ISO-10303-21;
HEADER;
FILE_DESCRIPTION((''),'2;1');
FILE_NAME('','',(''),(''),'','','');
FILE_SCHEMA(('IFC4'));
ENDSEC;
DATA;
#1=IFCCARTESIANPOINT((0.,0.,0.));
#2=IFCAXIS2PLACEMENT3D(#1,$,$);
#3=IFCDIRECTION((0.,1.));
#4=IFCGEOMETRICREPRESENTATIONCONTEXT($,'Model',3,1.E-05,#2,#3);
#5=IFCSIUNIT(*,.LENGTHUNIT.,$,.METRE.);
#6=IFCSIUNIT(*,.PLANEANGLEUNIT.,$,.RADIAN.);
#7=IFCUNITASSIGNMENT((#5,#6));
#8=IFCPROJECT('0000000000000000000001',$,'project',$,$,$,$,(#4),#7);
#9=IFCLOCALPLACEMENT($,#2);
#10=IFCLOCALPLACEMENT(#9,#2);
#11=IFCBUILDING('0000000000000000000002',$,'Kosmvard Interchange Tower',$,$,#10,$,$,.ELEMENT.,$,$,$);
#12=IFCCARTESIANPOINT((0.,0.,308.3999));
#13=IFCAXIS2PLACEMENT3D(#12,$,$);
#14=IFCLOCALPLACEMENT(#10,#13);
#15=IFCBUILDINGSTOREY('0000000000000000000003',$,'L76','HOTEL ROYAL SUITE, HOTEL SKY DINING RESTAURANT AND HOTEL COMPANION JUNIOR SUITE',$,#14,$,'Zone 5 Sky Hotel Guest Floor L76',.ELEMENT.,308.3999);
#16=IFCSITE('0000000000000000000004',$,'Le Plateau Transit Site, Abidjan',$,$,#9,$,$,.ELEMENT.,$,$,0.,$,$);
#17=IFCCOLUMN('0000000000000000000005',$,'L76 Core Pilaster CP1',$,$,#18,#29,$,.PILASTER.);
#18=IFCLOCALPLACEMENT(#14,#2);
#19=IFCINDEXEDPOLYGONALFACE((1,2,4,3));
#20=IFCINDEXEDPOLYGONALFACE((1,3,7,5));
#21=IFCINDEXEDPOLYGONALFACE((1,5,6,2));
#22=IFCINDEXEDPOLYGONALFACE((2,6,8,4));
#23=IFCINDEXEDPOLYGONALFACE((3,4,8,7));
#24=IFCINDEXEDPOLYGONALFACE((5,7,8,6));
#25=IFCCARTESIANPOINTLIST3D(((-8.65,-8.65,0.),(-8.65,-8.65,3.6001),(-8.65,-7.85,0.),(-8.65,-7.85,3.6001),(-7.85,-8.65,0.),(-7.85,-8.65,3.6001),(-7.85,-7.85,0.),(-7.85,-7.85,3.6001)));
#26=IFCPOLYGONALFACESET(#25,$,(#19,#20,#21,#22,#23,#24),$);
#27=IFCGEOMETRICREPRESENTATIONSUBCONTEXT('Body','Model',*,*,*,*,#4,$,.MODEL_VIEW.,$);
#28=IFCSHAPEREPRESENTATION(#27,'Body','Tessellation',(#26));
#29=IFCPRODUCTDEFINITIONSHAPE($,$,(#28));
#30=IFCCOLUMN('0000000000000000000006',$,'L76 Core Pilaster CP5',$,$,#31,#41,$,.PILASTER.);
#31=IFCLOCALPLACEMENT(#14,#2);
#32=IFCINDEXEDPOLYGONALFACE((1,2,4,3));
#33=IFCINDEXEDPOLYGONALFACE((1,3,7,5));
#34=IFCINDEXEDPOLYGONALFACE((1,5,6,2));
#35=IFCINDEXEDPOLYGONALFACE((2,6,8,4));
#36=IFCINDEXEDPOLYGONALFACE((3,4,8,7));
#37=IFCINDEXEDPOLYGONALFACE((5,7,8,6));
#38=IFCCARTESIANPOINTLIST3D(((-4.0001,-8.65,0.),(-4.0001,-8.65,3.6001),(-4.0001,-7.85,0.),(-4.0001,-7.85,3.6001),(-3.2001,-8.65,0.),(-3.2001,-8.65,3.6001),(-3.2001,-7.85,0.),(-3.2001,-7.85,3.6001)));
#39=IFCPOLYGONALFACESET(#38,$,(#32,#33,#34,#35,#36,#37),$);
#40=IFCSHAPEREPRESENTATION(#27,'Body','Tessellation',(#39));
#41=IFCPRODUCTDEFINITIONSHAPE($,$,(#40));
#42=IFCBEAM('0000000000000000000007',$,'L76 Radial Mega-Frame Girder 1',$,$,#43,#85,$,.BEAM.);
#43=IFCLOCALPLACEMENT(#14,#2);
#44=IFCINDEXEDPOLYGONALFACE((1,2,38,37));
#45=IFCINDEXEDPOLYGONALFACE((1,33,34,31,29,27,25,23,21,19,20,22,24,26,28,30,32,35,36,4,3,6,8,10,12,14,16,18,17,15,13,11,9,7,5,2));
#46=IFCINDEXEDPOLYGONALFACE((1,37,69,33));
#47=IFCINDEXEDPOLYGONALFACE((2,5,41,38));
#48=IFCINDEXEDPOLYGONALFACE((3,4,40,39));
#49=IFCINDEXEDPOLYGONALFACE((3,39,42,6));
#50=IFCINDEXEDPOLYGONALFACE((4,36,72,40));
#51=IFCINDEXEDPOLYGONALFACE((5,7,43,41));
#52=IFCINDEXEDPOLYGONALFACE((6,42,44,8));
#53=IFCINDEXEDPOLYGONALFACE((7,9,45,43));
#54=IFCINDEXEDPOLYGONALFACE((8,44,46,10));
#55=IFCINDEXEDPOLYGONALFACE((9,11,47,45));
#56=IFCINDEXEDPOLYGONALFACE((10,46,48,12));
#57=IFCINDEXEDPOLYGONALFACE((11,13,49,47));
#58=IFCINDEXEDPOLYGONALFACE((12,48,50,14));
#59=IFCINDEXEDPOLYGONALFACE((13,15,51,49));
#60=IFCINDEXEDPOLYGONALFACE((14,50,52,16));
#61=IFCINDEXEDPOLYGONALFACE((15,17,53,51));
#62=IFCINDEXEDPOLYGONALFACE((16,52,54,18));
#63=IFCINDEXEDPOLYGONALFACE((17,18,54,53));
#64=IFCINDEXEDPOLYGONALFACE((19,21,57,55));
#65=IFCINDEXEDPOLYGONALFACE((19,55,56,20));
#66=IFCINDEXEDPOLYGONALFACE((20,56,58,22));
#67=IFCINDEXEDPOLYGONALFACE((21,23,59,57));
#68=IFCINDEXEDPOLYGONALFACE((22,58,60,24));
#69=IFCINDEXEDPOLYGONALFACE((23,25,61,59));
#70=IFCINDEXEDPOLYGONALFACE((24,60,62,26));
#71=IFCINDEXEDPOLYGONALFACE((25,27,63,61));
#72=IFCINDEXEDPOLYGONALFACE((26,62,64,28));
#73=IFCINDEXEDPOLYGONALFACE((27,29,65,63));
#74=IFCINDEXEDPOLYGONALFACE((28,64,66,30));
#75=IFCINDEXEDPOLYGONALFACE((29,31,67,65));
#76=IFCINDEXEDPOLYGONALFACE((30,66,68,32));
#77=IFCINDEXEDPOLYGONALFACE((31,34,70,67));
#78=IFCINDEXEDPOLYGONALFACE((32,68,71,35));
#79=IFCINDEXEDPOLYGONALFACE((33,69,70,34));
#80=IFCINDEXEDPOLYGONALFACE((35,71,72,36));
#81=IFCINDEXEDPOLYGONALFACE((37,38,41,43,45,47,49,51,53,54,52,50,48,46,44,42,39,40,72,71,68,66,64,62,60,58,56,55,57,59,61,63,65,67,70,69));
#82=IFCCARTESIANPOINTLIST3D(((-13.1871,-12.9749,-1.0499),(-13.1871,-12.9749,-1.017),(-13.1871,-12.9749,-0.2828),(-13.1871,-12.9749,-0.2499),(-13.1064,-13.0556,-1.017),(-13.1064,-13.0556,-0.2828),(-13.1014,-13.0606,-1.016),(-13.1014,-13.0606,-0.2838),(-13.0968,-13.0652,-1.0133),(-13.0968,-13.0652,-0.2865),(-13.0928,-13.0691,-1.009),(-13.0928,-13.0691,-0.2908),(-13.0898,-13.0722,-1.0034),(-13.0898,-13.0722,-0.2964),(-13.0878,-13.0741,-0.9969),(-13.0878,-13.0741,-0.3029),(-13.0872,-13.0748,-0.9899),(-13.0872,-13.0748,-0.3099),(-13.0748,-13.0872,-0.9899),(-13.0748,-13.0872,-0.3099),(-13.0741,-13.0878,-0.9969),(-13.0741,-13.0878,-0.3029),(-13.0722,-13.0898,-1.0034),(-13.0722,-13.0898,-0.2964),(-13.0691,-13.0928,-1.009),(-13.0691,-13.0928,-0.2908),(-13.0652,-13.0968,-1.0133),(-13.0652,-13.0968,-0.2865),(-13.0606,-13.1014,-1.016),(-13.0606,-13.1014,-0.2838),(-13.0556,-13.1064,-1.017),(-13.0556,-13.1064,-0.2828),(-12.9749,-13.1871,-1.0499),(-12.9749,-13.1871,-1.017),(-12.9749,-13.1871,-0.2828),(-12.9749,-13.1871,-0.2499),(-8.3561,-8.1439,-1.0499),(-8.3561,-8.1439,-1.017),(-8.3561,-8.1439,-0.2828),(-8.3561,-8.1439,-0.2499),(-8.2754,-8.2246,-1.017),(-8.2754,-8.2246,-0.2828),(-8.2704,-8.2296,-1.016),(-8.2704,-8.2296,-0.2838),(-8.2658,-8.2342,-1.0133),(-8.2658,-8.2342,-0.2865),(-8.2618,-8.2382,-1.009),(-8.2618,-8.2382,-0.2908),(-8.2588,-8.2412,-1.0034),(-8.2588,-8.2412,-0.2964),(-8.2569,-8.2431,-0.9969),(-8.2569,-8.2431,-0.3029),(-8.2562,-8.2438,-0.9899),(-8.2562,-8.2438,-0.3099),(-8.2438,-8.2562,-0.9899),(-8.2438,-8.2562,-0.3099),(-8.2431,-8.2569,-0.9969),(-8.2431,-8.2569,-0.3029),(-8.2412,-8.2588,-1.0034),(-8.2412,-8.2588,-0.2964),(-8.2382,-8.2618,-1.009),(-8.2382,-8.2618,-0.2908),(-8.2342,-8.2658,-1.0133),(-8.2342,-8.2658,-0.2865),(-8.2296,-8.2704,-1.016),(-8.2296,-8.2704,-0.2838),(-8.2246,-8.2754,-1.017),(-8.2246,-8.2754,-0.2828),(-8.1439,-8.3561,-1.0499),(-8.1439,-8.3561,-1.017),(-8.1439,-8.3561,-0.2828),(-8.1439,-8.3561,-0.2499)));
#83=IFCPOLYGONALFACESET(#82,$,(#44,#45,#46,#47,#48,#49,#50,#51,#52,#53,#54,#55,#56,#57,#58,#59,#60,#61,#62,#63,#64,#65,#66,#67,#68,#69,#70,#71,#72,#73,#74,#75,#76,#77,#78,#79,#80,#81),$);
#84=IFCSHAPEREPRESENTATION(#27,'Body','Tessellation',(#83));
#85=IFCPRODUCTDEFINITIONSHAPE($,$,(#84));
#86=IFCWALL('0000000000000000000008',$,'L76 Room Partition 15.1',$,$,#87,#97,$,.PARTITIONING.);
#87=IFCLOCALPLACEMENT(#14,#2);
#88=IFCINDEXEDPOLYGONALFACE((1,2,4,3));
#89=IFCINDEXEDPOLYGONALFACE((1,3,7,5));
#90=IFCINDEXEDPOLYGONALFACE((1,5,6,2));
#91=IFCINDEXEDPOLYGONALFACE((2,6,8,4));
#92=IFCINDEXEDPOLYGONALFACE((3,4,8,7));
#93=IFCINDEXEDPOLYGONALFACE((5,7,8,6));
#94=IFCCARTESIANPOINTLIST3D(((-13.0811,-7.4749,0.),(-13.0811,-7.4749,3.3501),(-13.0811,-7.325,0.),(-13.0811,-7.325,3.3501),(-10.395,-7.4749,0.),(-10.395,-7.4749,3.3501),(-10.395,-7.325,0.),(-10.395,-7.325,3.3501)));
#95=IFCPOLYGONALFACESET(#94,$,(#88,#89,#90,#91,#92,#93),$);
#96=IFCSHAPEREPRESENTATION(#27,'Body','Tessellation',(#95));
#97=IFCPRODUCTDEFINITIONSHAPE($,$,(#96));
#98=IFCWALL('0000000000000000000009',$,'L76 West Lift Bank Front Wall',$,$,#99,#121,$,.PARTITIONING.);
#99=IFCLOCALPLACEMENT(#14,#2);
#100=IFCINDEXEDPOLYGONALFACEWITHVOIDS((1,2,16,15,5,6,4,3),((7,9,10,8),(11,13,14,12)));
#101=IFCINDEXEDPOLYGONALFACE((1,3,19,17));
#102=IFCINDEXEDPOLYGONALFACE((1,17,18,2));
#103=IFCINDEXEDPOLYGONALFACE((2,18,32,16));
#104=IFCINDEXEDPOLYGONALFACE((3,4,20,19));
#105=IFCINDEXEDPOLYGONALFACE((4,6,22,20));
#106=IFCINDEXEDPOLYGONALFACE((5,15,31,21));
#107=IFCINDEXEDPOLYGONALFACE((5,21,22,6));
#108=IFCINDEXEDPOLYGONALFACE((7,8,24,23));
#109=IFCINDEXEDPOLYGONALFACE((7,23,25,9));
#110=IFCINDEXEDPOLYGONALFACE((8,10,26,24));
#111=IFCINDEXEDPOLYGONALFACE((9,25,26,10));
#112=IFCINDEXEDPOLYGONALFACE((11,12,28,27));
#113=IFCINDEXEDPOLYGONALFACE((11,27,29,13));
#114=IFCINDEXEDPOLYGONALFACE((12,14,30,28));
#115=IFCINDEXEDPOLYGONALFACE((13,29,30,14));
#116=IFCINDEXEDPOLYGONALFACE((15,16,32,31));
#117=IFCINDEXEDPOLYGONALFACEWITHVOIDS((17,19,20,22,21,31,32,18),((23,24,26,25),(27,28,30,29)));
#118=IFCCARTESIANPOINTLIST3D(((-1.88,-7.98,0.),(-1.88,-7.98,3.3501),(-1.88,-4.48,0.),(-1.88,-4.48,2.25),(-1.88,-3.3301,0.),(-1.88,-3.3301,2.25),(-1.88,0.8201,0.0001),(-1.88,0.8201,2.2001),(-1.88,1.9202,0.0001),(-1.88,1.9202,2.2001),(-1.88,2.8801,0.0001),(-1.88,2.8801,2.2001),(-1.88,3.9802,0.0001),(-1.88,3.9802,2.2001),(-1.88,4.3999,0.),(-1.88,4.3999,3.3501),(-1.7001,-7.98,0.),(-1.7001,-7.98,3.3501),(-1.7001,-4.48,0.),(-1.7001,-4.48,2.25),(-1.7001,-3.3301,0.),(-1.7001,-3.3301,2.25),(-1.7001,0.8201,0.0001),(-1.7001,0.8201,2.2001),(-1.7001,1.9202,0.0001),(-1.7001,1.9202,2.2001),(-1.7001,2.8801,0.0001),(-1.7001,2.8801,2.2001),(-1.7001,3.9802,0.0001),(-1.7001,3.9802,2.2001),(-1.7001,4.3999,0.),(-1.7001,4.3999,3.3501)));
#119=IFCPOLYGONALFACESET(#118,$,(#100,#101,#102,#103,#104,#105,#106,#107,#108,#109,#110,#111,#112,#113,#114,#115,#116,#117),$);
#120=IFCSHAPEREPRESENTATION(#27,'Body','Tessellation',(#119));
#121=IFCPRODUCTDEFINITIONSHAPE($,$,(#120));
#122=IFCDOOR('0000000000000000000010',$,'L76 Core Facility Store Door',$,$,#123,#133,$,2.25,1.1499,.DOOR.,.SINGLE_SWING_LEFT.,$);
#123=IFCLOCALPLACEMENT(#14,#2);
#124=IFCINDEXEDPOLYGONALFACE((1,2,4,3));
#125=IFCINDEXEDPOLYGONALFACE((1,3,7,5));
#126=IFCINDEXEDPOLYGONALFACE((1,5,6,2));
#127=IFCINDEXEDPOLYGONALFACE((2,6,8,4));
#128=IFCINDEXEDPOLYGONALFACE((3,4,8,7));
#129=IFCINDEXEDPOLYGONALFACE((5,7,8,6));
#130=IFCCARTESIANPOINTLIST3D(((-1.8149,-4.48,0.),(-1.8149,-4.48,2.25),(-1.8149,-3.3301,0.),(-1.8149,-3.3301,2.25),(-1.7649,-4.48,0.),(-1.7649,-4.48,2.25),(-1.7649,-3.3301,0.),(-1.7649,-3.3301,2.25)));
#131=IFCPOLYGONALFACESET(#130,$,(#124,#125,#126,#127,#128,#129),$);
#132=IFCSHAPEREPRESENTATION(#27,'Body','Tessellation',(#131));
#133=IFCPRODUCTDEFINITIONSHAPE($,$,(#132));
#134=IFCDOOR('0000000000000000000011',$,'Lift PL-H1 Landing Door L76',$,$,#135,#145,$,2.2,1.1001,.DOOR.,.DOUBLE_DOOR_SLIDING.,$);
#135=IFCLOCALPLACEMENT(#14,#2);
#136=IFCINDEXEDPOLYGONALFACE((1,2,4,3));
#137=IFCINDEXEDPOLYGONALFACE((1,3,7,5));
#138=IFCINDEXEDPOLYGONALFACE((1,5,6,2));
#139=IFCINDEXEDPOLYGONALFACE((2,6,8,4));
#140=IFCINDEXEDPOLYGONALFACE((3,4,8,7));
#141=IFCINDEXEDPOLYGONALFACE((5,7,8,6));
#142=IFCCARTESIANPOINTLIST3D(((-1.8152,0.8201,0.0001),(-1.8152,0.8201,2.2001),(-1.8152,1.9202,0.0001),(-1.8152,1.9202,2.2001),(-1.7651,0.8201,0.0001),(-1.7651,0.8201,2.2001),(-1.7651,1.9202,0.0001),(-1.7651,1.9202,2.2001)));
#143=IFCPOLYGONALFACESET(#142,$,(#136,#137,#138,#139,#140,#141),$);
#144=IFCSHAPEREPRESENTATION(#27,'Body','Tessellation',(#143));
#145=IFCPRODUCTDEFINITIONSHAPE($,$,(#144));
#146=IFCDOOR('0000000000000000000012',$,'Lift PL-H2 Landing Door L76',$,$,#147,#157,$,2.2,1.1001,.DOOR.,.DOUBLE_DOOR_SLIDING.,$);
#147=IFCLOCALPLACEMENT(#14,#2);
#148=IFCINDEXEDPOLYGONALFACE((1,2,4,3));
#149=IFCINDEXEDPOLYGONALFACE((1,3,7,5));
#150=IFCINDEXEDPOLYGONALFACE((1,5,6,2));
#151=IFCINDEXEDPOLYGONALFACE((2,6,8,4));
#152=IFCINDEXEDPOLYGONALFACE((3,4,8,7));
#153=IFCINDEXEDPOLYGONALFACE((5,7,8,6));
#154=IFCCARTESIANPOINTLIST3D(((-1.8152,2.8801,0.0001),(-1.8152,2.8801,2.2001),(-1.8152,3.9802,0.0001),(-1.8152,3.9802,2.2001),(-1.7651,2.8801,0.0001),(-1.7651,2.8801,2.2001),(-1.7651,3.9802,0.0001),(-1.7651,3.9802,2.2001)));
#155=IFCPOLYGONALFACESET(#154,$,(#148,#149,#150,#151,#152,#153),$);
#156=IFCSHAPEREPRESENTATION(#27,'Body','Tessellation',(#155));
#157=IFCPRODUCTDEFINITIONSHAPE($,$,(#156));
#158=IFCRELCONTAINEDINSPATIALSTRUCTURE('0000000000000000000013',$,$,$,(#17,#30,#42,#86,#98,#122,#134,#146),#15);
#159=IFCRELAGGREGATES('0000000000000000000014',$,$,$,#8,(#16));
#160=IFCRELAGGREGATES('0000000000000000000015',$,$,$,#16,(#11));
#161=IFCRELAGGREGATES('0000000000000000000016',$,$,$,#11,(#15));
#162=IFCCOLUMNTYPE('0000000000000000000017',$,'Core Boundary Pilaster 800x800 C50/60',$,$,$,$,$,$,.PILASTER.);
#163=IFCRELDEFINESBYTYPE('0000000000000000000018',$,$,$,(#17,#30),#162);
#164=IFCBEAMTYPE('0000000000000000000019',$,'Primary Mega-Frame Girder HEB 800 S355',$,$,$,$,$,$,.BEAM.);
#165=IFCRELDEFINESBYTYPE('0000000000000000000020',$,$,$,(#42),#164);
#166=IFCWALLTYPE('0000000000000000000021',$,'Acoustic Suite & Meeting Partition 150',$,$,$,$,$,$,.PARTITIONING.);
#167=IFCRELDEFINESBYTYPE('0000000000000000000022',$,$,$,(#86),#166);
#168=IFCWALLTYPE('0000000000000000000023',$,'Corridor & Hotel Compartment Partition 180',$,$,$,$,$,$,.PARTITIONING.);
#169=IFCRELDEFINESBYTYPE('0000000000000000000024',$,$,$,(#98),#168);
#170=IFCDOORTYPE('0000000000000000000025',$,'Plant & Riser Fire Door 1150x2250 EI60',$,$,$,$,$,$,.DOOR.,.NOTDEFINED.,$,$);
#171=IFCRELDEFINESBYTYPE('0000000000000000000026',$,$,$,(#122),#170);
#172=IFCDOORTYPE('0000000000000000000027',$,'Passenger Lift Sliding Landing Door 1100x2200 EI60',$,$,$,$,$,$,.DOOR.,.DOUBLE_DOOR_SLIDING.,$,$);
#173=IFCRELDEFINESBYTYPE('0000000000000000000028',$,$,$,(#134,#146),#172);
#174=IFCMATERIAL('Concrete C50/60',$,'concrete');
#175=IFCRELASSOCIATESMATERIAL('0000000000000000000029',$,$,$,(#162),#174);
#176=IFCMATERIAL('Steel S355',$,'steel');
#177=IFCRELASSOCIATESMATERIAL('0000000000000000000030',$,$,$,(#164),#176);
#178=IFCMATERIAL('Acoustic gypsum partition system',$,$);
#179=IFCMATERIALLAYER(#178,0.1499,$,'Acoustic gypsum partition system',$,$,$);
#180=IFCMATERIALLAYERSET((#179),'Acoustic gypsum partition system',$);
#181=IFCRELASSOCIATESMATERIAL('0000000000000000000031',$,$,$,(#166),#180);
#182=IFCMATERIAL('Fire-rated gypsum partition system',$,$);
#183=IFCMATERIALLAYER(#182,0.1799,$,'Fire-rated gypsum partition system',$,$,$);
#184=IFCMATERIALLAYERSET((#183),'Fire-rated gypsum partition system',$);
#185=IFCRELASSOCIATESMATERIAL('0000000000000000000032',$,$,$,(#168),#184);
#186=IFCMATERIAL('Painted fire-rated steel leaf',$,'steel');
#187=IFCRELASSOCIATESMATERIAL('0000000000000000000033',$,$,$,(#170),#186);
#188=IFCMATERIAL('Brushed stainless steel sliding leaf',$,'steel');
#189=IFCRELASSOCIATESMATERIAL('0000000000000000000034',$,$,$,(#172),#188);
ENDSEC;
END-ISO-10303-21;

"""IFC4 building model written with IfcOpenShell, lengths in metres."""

from ifc_helpers import new_model, si_unit, direction, frame, frame_2d, origin, origin_2d, place, context, subcontext, project, spatial, rectangle, i_section, extrude, source, transform, mapped, material, layer, layer_set, material_profile, profile_set, type_object, element, fill, save


model = new_model("IFC4")

# Units and contexts
model_context = context("Model", 3, precision=1e-05, world=origin(), true_north=direction((0.0, 1.0)))
body_context = subcontext(model_context, "Body", "Model", "MODEL_VIEW")
ifc_project = project(units=[si_unit("LENGTHUNIT", "METRE"), si_unit("PLANEANGLEUNIT", "RADIAN")], contexts=[model_context])

# Site, building, storey
site_placement = place(None, origin())
site = spatial("IfcSite", under=ifc_project, at=site_placement, Name="Le Plateau Transit Site, Abidjan", CompositionType="ELEMENT", RefElevation=0.0)
building_placement = place(site_placement, origin())
building = spatial("IfcBuilding", under=site, at=building_placement, Name="Kosmvard Interchange Tower", CompositionType="ELEMENT")
storey_placement = place(building_placement, frame((0.0, 0.0, 308.3999)))
storey = spatial("IfcBuildingStorey", under=building, at=storey_placement, Name="L76", Description="HOTEL ROYAL SUITE, HOTEL SKY DINING RESTAURANT AND HOTEL COMPANION JUNIOR SUITE", LongName="Zone 5 Sky Hotel Guest Floor L76", CompositionType="ELEMENT", Elevation=308.3999)

# Columns
ifc_material_1 = material(Name="Concrete C50/60", Category="concrete")
ifc_material_profile_1 = material_profile(ifc_material_1, rectangle(XDim=0.8, YDim=0.8, at=origin_2d()), Name="CP 800x800")
ifc_profile_set_1 = profile_set([ifc_material_profile_1], Name="Concrete C50/60")
column_type = type_object("IfcColumnType", Name="Core Boundary Pilaster 800x800 C50/60", PredefinedType="PILASTER", material=ifc_profile_set_1)
shared_shape_1 = source(origin(), body_context, "Body", "SweptSolid", [
    extrude(rectangle(XDim=0.8, YDim=0.8, at=origin_2d()), origin(), (0.0, 0.0, 1.0), 3.6001),
])
for number, where, z_axis, x_axis, name in (
    (1, (-8.25, -8.25, 0.0), (0.0, 0.0, 1.0), (1.0, 0.0, 0.0), "L76 Core Pilaster CP1"),
    (2, (-3.6001, -8.25, 0.0), (0.0, 0.0, 1.0), (1.0, 0.0, 0.0), "L76 Core Pilaster CP5"),
):
    element("IfcColumn", number, at=place(storey_placement, frame(where, z_axis=z_axis, x_axis=x_axis)), inside=storey, type_object=column_type, Name=name, PredefinedType="PILASTER", context=body_context, shape_type="MappedRepresentation", body=[
        mapped(shared_shape_1, transform((0.0, 0.0, 0.0), scale=1.0)),
    ])

# Beam
ifc_material_2 = material(Name="Steel S355", Category="steel")
ifc_material_profile_2 = material_profile(ifc_material_2, i_section(OverallWidth=0.3, OverallDepth=0.8, WebThickness=0.0176, FlangeThickness=0.033, FilletRadius=0.0271, at=origin_2d()), Name="HEB 800")
ifc_profile_set_2 = profile_set([ifc_material_profile_2], Name="Steel S355")
beam_type = type_object("IfcBeamType", Name="Primary Mega-Frame Girder HEB 800 S355", PredefinedType="BEAM", material=ifc_profile_set_2)
shared_shape_2 = source(origin(), body_context, "Body", "SweptSolid", [
    extrude(i_section(OverallWidth=0.3, OverallDepth=0.8, WebThickness=0.0176, FlangeThickness=0.033, FilletRadius=0.0271, at=origin_2d()), origin(), (0.0, 0.0, 1.0), 6.832),
])
beam_placement = place(storey_placement, frame((-8.25, -8.25, -0.6499), z_axis=(-0.707107, -0.707107, 0.0), x_axis=(0.707107, -0.707107, 0.0)))
element("IfcBeam", 3, at=beam_placement, inside=storey, type_object=beam_type, Name="L76 Radial Mega-Frame Girder 1", PredefinedType="BEAM", context=body_context, shape_type="MappedRepresentation", body=[
    mapped(shared_shape_2, transform((0.0, 0.0, 0.0), scale=1.0)),
])

# Wall
ifc_material_3 = material(Name="Acoustic gypsum partition system")
ifc_layer_1 = layer(ifc_material_3, 0.1499, Name="Acoustic gypsum partition system")
ifc_layer_set_1 = layer_set([ifc_layer_1], Name="Acoustic gypsum partition system")
wall_type_1 = type_object("IfcWallType", Name="Acoustic Suite & Meeting Partition 150", PredefinedType="PARTITIONING", material=ifc_layer_set_1)
wall_1_placement = place(storey_placement, frame((-10.395, -7.3999, 0.0), z_axis=(0.0, 0.0, 1.0), x_axis=(-1.0, 0.0, 0.0)))
element("IfcWall", 4, at=wall_1_placement, inside=storey, type_object=wall_type_1, Name="L76 Room Partition 15.1", PredefinedType="PARTITIONING", context=body_context, shape_type="SweptSolid", body=[
    extrude(rectangle(XDim=2.686, YDim=0.1499, at=frame_2d((1.343, 0.0))), origin(), (0.0, 0.0, 1.0), 3.3501),
])

# Wall, openings, doors
ifc_material_4 = material(Name="Fire-rated gypsum partition system")
ifc_layer_2 = layer(ifc_material_4, 0.1799, Name="Fire-rated gypsum partition system")
ifc_layer_set_2 = layer_set([ifc_layer_2], Name="Fire-rated gypsum partition system")
wall_type_2 = type_object("IfcWallType", Name="Corridor & Hotel Compartment Partition 180", PredefinedType="PARTITIONING", material=ifc_layer_set_2)
wall_2_placement = place(storey_placement, frame((-1.79, -7.98, 0.0), z_axis=(0.0, 0.0, 1.0), x_axis=(0.0, 1.0, 0.0)))
wall_2 = element("IfcWall", 5, at=wall_2_placement, inside=storey, type_object=wall_type_2, Name="L76 West Lift Bank Front Wall", PredefinedType="PARTITIONING", context=body_context, shape_type="SweptSolid", body=[
    extrude(rectangle(XDim=12.3799, YDim=0.1799, at=frame_2d((6.1899, 0.0))), origin(), (0.0, 0.0, 1.0), 3.3501),
])
opening_1_placement = place(wall_2_placement, frame((8.8, 0.0, 0.0)))
opening_1 = element("IfcOpeningElement", 6, at=opening_1_placement, cuts=wall_2, PredefinedType="OPENING", context=body_context, shape_type="SweptSolid", body=[
    extrude(rectangle(XDim=1.1001, YDim=2.2, at=frame_2d((0.55, 1.1001))), frame((0.0, 0.1001, 0.0), z_axis=(0.0, -1.0, 0.0), x_axis=(1.0, 0.0, 0.0)), (0.0, 0.0, 1.0), 0.2),
])
opening_2_placement = place(wall_2_placement, frame((10.8601, 0.0, 0.0)))
opening_2 = element("IfcOpeningElement", 7, at=opening_2_placement, cuts=wall_2, PredefinedType="OPENING", context=body_context, shape_type="SweptSolid", body=[
    extrude(rectangle(XDim=1.1001, YDim=2.2, at=frame_2d((0.55, 1.1001))), frame((0.0, 0.1001, 0.0), z_axis=(0.0, -1.0, 0.0), x_axis=(1.0, 0.0, 0.0)), (0.0, 0.0, 1.0), 0.2),
])
opening_3_placement = place(wall_2_placement, frame((3.5, 0.0, 0.0)))
opening_3 = element("IfcOpeningElement", 8, at=opening_3_placement, cuts=wall_2, PredefinedType="OPENING", context=body_context, shape_type="SweptSolid", body=[
    extrude(rectangle(XDim=1.1499, YDim=2.25, at=frame_2d((0.575, 1.125))), frame((0.0, 0.1001, 0.0), z_axis=(0.0, -1.0, 0.0), x_axis=(1.0, 0.0, 0.0)), (0.0, 0.0, 1.0), 0.2),
])
ifc_material_5 = material(Name="Painted fire-rated steel leaf", Category="steel")
door_type_1 = type_object("IfcDoorType", Name="Plant & Riser Fire Door 1150x2250 EI60", OperationType="NOTDEFINED", PredefinedType="DOOR", material=ifc_material_5)
shared_shape_3 = source(origin(), body_context, "Body", "SweptSolid", [
    extrude(rectangle(XDim=1.1499, YDim=2.25, at=frame_2d((0.575, 1.125))), frame((0.0, 0.0249, 0.0), z_axis=(0.0, -1.0, 0.0), x_axis=(1.0, 0.0, 0.0)), (0.0, 0.0, 1.0), 0.05),
])
door_1_placement = place(opening_3_placement, origin())
door_1 = element("IfcDoor", 9, at=door_1_placement, inside=storey, type_object=door_type_1, Name="L76 Core Facility Store Door", OperationType="SINGLE_SWING_LEFT", OverallHeight=2.25, OverallWidth=1.1499, PredefinedType="DOOR", context=body_context, shape_type="MappedRepresentation", body=[
    mapped(shared_shape_3, transform((0.0, 0.0, 0.0), scale=1.0)),
])
fill(opening_3, door_1)
ifc_material_6 = material(Name="Brushed stainless steel sliding leaf", Category="steel")
door_type_2 = type_object("IfcDoorType", Name="Passenger Lift Sliding Landing Door 1100x2200 EI60", OperationType="DOUBLE_DOOR_SLIDING", PredefinedType="DOOR", material=ifc_material_6)
shared_shape_4 = source(origin(), body_context, "Body", "SweptSolid", [
    extrude(rectangle(XDim=1.1001, YDim=2.2, at=frame_2d((0.55, 1.1001))), frame((0.0, 0.0249, 0.0), z_axis=(0.0, -1.0, 0.0), x_axis=(1.0, 0.0, 0.0)), (0.0, 0.0, 1.0), 0.05),
])
door_2_placement = place(opening_1_placement, frame((1.1001, 0.0, 0.0), z_axis=(0.0, 0.0, 1.0), x_axis=(-1.0, 0.0, 0.0)))
door_2 = element("IfcDoor", 10, at=door_2_placement, inside=storey, type_object=door_type_2, Name="Lift PL-H1 Landing Door L76", OperationType="DOUBLE_DOOR_SLIDING", OverallHeight=2.2, OverallWidth=1.1001, PredefinedType="DOOR", context=body_context, shape_type="MappedRepresentation", body=[
    mapped(shared_shape_4, transform((0.0, 0.0, 0.0), scale=1.0)),
])
fill(opening_1, door_2)
door_3_placement = place(opening_2_placement, frame((1.1001, 0.0, 0.0), z_axis=(0.0, 0.0, 1.0), x_axis=(-1.0, 0.0, 0.0)))
door_3 = element("IfcDoor", 11, at=door_3_placement, inside=storey, type_object=door_type_2, Name="Lift PL-H2 Landing Door L76", OperationType="DOUBLE_DOOR_SLIDING", OverallHeight=2.2, OverallWidth=1.1001, PredefinedType="DOOR", context=body_context, shape_type="MappedRepresentation", body=[
    mapped(shared_shape_4, transform((0.0, 0.0, 0.0), scale=1.0)),
])
fill(opening_2, door_3)

save(model, "model.ifc")
